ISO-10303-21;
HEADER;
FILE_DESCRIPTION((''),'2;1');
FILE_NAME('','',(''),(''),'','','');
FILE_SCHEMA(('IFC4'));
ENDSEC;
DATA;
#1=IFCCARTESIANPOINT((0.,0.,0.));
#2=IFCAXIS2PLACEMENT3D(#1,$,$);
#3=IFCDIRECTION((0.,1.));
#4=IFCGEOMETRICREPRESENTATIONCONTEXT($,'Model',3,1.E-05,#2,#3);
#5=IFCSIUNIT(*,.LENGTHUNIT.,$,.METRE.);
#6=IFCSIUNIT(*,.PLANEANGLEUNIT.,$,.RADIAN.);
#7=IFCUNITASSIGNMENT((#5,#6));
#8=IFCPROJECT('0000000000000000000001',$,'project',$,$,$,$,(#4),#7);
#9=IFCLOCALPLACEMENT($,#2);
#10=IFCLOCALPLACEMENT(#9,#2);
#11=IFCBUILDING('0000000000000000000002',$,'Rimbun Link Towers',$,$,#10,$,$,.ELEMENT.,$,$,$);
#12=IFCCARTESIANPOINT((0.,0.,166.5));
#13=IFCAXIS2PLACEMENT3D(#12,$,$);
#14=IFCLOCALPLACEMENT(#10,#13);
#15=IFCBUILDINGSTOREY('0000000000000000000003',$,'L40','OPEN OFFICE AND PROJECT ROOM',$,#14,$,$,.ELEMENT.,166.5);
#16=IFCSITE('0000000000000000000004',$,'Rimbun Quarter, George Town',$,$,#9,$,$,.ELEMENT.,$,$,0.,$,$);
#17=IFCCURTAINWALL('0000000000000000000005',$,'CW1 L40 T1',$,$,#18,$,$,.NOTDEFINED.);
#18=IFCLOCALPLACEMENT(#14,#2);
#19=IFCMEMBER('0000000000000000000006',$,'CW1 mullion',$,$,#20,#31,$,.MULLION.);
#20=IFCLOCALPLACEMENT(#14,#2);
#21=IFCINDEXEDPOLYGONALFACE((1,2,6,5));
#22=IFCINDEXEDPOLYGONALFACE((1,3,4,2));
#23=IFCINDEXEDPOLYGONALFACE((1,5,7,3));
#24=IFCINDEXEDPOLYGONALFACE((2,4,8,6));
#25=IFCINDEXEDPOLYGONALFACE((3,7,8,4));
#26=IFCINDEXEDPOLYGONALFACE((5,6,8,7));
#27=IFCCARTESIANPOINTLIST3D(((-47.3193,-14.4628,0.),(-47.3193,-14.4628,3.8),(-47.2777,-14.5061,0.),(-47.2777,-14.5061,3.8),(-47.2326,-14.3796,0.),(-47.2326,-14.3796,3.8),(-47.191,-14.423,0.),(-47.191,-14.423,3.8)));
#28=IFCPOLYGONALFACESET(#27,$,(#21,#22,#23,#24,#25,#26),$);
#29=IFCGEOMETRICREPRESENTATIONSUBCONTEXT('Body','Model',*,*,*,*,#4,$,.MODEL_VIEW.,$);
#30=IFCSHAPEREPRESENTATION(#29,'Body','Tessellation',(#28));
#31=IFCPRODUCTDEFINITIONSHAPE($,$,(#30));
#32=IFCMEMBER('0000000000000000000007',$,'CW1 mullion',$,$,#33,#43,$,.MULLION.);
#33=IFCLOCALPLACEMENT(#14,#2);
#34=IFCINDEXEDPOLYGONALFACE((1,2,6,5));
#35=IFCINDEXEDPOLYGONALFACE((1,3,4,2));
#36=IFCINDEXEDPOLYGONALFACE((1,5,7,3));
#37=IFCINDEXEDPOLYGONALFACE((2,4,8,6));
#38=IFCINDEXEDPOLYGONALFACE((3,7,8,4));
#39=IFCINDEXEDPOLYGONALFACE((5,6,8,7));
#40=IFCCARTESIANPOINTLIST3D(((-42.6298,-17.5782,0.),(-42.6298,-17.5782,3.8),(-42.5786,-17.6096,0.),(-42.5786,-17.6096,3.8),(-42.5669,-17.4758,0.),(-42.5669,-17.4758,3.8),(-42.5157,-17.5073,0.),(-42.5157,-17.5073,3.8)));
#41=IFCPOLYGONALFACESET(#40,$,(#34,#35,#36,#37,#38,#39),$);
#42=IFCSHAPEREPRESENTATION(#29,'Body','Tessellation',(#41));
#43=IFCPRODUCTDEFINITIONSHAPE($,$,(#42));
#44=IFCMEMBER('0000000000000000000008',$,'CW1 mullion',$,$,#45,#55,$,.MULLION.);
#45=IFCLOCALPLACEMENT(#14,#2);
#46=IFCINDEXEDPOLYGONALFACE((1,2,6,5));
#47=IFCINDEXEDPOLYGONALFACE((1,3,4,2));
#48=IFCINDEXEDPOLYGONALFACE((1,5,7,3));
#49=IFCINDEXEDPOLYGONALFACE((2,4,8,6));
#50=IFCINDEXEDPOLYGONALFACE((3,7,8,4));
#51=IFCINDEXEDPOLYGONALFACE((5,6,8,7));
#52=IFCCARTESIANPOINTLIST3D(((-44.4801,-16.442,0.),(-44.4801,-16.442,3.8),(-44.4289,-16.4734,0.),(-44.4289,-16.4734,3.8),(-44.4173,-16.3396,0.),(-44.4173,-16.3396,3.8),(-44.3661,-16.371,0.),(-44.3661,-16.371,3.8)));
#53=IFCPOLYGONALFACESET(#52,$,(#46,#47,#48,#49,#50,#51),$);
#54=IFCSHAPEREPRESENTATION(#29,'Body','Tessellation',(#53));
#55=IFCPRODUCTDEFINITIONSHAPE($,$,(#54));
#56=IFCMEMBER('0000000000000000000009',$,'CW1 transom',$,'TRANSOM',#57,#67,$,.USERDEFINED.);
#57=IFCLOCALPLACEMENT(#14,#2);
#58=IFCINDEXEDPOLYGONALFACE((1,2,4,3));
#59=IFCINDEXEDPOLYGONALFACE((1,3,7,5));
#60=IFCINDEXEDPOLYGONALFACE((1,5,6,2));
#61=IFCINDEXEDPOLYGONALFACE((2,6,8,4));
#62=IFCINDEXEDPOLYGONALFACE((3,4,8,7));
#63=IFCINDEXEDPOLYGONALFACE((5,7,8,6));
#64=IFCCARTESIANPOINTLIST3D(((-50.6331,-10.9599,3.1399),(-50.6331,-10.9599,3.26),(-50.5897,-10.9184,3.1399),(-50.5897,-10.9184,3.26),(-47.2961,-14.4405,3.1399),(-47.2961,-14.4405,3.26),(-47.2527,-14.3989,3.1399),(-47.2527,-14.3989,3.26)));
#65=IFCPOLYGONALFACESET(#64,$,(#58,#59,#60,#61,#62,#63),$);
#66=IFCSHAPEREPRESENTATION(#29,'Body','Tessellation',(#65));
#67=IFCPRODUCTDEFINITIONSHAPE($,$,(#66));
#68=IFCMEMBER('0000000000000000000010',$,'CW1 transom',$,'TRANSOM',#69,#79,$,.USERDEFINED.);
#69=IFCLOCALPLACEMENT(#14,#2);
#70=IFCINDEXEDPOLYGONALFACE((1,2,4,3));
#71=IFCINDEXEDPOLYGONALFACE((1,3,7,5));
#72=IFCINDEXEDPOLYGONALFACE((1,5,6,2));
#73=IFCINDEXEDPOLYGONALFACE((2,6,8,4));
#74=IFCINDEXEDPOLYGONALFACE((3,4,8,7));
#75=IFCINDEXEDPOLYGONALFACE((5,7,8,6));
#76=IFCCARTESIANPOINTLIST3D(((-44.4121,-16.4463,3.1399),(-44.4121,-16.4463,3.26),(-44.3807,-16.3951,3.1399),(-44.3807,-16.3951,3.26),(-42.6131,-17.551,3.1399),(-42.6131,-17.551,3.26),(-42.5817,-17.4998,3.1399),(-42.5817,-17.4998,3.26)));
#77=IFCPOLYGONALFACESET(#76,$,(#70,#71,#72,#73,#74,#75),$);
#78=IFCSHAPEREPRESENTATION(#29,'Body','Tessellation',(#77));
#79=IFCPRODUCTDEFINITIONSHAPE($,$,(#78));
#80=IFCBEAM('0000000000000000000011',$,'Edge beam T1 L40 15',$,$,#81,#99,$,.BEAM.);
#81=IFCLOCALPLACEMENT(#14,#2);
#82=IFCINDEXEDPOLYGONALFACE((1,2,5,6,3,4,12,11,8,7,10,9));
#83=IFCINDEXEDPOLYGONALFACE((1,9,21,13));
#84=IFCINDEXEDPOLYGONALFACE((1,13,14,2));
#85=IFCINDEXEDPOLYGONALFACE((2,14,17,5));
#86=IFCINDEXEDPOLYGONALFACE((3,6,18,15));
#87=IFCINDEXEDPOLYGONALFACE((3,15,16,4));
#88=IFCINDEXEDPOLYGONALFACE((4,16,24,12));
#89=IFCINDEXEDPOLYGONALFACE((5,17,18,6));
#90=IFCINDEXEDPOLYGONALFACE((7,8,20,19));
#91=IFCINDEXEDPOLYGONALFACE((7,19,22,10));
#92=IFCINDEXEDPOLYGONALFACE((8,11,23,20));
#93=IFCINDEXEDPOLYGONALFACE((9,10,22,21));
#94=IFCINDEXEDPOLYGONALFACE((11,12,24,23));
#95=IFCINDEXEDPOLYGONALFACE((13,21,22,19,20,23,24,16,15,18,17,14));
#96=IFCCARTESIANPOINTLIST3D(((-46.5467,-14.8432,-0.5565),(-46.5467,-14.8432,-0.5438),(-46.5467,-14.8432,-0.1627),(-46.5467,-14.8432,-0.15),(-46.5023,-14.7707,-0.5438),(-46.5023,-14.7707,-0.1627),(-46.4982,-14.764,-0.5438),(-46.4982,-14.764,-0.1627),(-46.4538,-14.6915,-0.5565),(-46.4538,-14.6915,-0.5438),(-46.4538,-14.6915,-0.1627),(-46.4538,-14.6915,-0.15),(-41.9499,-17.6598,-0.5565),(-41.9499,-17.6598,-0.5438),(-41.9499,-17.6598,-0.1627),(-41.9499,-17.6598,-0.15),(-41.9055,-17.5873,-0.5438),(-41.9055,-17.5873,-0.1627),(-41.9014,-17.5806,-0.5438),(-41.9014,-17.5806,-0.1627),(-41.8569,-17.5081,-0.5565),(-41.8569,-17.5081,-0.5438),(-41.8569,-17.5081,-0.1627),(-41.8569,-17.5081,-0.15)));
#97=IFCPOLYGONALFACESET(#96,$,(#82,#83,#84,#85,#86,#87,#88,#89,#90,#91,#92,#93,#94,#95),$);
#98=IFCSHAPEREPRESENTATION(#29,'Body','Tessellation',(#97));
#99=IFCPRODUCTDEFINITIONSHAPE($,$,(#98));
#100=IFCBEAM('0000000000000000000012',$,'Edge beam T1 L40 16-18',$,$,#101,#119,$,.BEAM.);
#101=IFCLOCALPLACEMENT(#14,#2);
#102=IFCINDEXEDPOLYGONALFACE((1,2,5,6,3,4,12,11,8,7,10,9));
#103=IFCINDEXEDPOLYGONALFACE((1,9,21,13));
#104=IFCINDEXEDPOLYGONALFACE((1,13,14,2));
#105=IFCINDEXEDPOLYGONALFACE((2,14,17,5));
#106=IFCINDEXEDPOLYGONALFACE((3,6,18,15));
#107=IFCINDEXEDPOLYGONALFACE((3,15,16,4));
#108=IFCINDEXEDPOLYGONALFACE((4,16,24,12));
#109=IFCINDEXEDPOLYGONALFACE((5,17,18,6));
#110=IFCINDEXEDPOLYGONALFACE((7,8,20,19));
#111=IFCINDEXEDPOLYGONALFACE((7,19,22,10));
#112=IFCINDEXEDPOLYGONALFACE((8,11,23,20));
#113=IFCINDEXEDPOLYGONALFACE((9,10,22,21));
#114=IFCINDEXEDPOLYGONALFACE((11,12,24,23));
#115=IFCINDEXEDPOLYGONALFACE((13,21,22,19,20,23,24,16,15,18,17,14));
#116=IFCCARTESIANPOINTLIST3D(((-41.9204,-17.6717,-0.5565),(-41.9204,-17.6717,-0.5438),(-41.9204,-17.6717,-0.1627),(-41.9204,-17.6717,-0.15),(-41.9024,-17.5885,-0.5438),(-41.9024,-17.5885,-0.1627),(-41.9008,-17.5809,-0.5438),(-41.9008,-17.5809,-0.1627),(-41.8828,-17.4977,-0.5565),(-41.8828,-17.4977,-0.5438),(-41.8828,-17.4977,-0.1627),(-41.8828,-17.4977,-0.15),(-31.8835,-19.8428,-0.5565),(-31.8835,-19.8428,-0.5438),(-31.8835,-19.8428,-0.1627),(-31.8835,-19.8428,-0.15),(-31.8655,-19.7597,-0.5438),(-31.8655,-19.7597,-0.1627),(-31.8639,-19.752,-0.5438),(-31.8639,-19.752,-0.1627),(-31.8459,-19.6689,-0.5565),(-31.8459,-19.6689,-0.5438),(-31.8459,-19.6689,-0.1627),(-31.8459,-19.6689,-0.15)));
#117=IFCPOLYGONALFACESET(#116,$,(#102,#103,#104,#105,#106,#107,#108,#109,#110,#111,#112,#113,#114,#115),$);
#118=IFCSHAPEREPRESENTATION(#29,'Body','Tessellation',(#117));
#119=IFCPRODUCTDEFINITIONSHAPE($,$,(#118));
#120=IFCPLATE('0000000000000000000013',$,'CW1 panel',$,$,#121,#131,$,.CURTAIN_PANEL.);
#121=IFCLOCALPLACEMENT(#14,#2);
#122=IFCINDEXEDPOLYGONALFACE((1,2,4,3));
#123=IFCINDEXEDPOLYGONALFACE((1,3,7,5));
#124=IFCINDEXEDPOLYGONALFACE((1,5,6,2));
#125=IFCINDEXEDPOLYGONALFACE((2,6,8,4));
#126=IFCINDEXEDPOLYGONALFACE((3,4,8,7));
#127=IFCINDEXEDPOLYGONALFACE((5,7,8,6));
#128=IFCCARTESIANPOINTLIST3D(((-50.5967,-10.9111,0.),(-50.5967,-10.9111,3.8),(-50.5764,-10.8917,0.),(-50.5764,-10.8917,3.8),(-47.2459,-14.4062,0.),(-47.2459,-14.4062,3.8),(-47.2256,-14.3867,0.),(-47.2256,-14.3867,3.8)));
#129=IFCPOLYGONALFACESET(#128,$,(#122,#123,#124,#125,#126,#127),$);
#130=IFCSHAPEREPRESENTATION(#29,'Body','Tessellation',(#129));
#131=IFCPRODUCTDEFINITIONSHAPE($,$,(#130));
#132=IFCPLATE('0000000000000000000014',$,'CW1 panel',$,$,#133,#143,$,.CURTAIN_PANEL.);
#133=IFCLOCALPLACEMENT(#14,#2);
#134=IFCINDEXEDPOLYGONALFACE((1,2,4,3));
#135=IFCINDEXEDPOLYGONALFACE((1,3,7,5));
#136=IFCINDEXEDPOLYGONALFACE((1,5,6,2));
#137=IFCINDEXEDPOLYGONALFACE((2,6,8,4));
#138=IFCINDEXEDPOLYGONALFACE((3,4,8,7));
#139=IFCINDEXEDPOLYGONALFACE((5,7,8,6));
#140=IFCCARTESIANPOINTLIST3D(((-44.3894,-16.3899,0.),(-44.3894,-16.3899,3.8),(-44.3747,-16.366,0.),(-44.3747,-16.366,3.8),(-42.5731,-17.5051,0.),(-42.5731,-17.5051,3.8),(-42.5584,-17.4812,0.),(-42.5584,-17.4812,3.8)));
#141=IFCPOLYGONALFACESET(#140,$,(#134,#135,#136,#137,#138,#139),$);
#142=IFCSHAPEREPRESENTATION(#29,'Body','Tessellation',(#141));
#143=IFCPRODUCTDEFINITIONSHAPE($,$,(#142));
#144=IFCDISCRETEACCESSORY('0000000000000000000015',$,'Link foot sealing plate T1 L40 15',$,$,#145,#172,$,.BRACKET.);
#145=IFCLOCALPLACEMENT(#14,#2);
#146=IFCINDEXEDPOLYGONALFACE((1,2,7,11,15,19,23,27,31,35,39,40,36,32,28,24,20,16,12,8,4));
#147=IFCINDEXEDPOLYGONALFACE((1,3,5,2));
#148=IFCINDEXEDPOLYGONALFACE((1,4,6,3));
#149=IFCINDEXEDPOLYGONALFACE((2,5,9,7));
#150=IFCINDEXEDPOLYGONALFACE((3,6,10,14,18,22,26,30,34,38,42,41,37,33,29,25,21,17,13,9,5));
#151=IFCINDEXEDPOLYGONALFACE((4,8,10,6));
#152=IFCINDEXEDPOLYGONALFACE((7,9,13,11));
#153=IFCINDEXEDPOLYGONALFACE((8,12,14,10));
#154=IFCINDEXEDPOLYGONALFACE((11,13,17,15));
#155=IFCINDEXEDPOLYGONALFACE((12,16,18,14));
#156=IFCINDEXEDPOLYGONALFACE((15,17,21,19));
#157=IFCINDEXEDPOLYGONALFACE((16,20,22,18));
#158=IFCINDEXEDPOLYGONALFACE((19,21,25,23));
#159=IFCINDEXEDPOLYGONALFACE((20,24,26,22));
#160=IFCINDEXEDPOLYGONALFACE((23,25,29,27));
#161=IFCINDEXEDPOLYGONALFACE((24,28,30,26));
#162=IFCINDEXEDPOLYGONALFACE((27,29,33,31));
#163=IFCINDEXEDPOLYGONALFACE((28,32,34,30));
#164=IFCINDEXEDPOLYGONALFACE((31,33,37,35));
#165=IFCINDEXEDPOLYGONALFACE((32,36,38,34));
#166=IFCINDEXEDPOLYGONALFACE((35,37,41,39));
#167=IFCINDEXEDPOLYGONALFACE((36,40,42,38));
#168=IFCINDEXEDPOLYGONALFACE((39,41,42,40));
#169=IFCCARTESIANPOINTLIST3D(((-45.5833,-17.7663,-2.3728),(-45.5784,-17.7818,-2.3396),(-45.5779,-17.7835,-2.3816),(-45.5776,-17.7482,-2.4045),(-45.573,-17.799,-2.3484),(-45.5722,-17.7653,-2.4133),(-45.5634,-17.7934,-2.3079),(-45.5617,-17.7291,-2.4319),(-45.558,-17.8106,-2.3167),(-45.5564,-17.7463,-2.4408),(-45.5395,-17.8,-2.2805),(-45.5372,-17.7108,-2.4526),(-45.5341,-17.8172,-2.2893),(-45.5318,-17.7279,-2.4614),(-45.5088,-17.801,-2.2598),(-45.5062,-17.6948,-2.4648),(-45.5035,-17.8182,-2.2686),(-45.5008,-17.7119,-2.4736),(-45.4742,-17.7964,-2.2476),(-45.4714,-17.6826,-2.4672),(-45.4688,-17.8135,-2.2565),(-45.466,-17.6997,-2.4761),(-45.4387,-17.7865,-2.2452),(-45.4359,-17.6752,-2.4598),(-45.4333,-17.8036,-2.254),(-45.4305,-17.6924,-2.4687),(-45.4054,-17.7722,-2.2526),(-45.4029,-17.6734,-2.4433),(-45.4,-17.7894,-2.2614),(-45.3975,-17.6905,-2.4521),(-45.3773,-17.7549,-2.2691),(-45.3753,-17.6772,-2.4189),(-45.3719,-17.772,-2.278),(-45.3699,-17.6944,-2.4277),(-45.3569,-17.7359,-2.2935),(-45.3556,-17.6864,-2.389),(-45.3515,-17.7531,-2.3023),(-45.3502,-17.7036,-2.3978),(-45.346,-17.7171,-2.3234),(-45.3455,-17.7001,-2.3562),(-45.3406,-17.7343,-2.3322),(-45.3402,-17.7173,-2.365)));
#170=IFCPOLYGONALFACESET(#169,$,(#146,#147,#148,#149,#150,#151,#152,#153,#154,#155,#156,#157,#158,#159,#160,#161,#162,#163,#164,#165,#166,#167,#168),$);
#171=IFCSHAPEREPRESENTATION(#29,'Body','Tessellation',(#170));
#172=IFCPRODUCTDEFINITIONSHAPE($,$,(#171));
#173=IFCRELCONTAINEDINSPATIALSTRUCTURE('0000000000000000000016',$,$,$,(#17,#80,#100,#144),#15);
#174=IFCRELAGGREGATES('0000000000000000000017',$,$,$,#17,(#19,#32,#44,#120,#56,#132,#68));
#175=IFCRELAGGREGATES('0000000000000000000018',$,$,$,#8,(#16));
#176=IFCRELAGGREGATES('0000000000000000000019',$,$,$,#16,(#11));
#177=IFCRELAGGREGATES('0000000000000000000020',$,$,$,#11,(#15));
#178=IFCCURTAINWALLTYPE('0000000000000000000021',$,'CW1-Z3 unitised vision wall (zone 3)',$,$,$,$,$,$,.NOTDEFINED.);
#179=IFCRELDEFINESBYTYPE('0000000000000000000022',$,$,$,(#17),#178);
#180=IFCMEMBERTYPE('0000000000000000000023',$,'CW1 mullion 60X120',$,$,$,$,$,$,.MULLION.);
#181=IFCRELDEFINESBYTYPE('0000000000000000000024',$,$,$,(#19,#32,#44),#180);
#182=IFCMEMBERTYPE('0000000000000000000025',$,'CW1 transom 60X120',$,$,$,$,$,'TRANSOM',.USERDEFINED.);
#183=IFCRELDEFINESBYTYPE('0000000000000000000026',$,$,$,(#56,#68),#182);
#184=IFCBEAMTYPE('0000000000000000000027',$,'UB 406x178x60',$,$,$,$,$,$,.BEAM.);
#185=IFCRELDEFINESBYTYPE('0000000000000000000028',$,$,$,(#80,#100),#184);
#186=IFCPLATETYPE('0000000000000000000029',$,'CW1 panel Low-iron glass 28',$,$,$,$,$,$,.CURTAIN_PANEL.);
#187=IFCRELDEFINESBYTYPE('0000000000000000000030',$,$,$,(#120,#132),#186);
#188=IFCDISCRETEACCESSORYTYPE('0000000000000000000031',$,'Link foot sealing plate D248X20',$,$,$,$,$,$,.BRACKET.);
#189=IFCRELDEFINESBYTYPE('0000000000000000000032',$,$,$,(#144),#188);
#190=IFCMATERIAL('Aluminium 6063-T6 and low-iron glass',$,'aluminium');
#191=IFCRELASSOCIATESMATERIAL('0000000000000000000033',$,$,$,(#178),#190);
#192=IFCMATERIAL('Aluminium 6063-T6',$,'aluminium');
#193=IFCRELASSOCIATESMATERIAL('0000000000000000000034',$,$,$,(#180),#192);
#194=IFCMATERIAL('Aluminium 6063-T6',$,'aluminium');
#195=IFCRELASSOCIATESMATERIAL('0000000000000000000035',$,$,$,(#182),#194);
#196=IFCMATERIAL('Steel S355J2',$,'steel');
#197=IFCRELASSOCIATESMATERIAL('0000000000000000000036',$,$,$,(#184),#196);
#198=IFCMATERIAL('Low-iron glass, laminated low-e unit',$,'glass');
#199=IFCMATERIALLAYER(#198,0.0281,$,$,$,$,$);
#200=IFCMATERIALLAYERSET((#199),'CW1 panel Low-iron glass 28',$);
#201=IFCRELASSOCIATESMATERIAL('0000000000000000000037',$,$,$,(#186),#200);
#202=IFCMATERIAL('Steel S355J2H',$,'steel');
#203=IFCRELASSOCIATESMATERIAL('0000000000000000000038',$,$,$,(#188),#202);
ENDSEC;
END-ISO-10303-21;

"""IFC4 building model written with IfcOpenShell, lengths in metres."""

from ifc_helpers import new_model, si_unit, direction, frame, origin, origin_2d, place, context, subcontext, project, spatial, rectangle, circle, i_section, extrude, material, layer, layer_set, material_profile, profile_set, type_object, element, aggregate, save


model = new_model("IFC4")

# Units and contexts
model_context = context("Model", 3, precision=1e-05, world=origin(), true_north=direction((0.0, 1.0)))
body_context = subcontext(model_context, "Body", "Model", "MODEL_VIEW")
ifc_project = project(units=[si_unit("LENGTHUNIT", "METRE"), si_unit("PLANEANGLEUNIT", "RADIAN")], contexts=[model_context])

# Site, building, storey
site_placement = place(None, origin())
site = spatial("IfcSite", under=ifc_project, at=site_placement, Name="Rimbun Quarter, George Town", CompositionType="ELEMENT", RefElevation=0.0)
building_placement = place(site_placement, origin())
building = spatial("IfcBuilding", under=site, at=building_placement, Name="Rimbun Link Towers", CompositionType="ELEMENT")
storey_placement = place(building_placement, frame((0.0, 0.0, 166.5)))
storey = spatial("IfcBuildingStorey", under=building, at=storey_placement, Name="L40", Description="OPEN OFFICE AND PROJECT ROOM", CompositionType="ELEMENT", Elevation=166.5)

# Curtain wall, members
ifc_material_1 = material(Name="Aluminium 6063-T6 and low-iron glass", Category="aluminium")
curtain_wall_type = type_object("IfcCurtainWallType", Name="CW1-Z3 unitised vision wall (zone 3)", PredefinedType="NOTDEFINED", material=ifc_material_1)
curtain_wall_placement = place(storey_placement, origin())
curtain_wall = element("IfcCurtainWall", 1, at=curtain_wall_placement, inside=storey, type_object=curtain_wall_type, Name="CW1 L40 T1", PredefinedType="NOTDEFINED")
ifc_material_2 = material(Name="Aluminium 6063-T6", Category="aluminium")
ifc_material_profile_1 = material_profile(ifc_material_2, rectangle(XDim=0.1201, YDim=0.0601, at=origin_2d()), Name="MULLION 60X120")
ifc_profile_set_1 = profile_set([ifc_material_profile_1], Name="Aluminium 6063-T6")
member_type_1 = type_object("IfcMemberType", Name="CW1 mullion 60X120", PredefinedType="MULLION", material=ifc_profile_set_1)
member_1_placement = place(storey_placement, frame((-47.2551, -14.4429, 0.0), z_axis=(0.0, 0.0, 1.0), x_axis=(-0.721847, -0.692052, 0.0)))
member_1 = element("IfcMember", 2, at=member_1_placement, type_object=member_type_1, Name="CW1 mullion", PredefinedType="MULLION", context=body_context, shape_type="SweptSolid", body=[
    extrude(rectangle(XDim=0.1201, YDim=0.0601, at=origin_2d()), origin(), (0.0, 0.0, 1.0), 3.8),
])
member_2_placement = place(storey_placement, frame((-42.5728, -17.5427, 0.0), z_axis=(0.0, 0.0, 1.0), x_axis=(-0.52325, -0.852179, 0.0)))
member_2 = element("IfcMember", 3, at=member_2_placement, type_object=member_type_1, Name="CW1 mullion", PredefinedType="MULLION", context=body_context, shape_type="SweptSolid", body=[
    extrude(rectangle(XDim=0.1201, YDim=0.0601, at=origin_2d()), origin(), (0.0, 0.0, 1.0), 3.8),
])
member_3_placement = place(storey_placement, frame((-44.4231, -16.4065, 0.0), z_axis=(0.0, 0.0, 1.0), x_axis=(-0.52325, -0.852179, 0.0)))
member_3 = element("IfcMember", 4, at=member_3_placement, type_object=member_type_1, Name="CW1 mullion", PredefinedType="MULLION", context=body_context, shape_type="SweptSolid", body=[
    extrude(rectangle(XDim=0.1201, YDim=0.0601, at=origin_2d()), origin(), (0.0, 0.0, 1.0), 3.8),
])
ifc_material_3 = material(Name="Aluminium 6063-T6", Category="aluminium")
ifc_material_profile_2 = material_profile(ifc_material_3, rectangle(XDim=0.0601, YDim=0.1201, at=origin_2d()), Name="TRANSOM 60X120")
ifc_profile_set_2 = profile_set([ifc_material_profile_2], Name="Aluminium 6063-T6")
member_type_2 = type_object("IfcMemberType", Name="CW1 transom 60X120", ElementType="TRANSOM", PredefinedType="USERDEFINED", material=ifc_profile_set_2)
member_4_placement = place(storey_placement, frame((-47.2744, -14.4197, 3.2), z_axis=(-0.692064, 0.721836, 0.0), x_axis=(-0.721836, -0.692064, 0.0)))
member_4 = element("IfcMember", 5, at=member_4_placement, type_object=member_type_2, Name="CW1 transom", ObjectType="TRANSOM", PredefinedType="USERDEFINED", context=body_context, shape_type="SweptSolid", body=[
    extrude(rectangle(XDim=0.0601, YDim=0.1201, at=origin_2d()), origin(), (0.0, 0.0, 1.0), 4.8218),
])
member_5_placement = place(storey_placement, frame((-42.5974, -17.5254, 3.2), z_axis=(-0.852162, 0.523278, 0.0), x_axis=(-0.523278, -0.852162, 0.0)))
member_5 = element("IfcMember", 6, at=member_5_placement, type_object=member_type_2, Name="CW1 transom", ObjectType="TRANSOM", PredefinedType="USERDEFINED", context=body_context, shape_type="SweptSolid", body=[
    extrude(rectangle(XDim=0.0601, YDim=0.1201, at=origin_2d()), origin(), (0.0, 0.0, 1.0), 2.1111),
])

# Beams
ifc_material_4 = material(Name="Steel S355J2", Category="steel")
ifc_material_profile_3 = material_profile(ifc_material_4, i_section(OverallWidth=0.178, OverallDepth=0.4065, WebThickness=0.0078, FlangeThickness=0.0127, at=origin_2d()), Name="UB 406x178x60")
ifc_profile_set_3 = profile_set([ifc_material_profile_3], Name="Steel S355J2")
beam_type = type_object("IfcBeamType", Name="UB 406x178x60", PredefinedType="BEAM", material=ifc_profile_set_3)
beam_1_placement = place(storey_placement, frame((-46.5002, -14.7673, -0.3533), z_axis=(0.852669, -0.522452, 0.0), x_axis=(0.522452, 0.852669, 0.0)))
element("IfcBeam", 7, at=beam_1_placement, inside=storey, type_object=beam_type, Name="Edge beam T1 L40 15", PredefinedType="BEAM", context=body_context, shape_type="SweptSolid", body=[
    extrude(i_section(OverallWidth=0.178, OverallDepth=0.4065, WebThickness=0.0078, FlangeThickness=0.0127, at=origin_2d()), origin(), (0.0, 0.0, 1.0), 5.3911),
])
beam_2_placement = place(storey_placement, frame((-41.9016, -17.5847, -0.3533), z_axis=(0.977394, -0.211427, 0.0), x_axis=(0.211427, 0.977394, 0.0)))
element("IfcBeam", 8, at=beam_2_placement, inside=storey, type_object=beam_type, Name="Edge beam T1 L40 16-18", PredefinedType="BEAM", context=body_context, shape_type="SweptSolid", body=[
    extrude(i_section(OverallWidth=0.178, OverallDepth=0.4065, WebThickness=0.0078, FlangeThickness=0.0127, at=origin_2d()), origin(), (0.0, 0.0, 1.0), 10.269),
])

# Plates
ifc_material_5 = material(Name="Low-iron glass, laminated low-e unit", Category="glass")
ifc_layer = layer(ifc_material_5, 0.0281)
ifc_layer_set = layer_set([ifc_layer], Name="CW1 panel Low-iron glass 28")
plate_type = type_object("IfcPlateType", Name="CW1 panel Low-iron glass 28", PredefinedType="CURTAIN_PANEL", material=ifc_layer_set)
plate_1_placement = place(storey_placement, frame((-48.9111, -12.6489, 0.0), z_axis=(0.0, 0.0, 1.0), x_axis=(-0.692052, 0.721847, 0.0)))
plate_1 = element("IfcPlate", 9, at=plate_1_placement, type_object=plate_type, Name="CW1 panel", PredefinedType="CURTAIN_PANEL", context=body_context, shape_type="SweptSolid", body=[
    extrude(rectangle(XDim=4.8418, YDim=0.0281, at=origin_2d()), origin(), (0.0, 0.0, 1.0), 3.8),
])
plate_2_placement = place(storey_placement, frame((-43.4739, -16.9355, 0.0), z_axis=(0.0, 0.0, 1.0), x_axis=(-0.852179, 0.52325, 0.0)))
plate_2 = element("IfcPlate", 10, at=plate_2_placement, type_object=plate_type, Name="CW1 panel", PredefinedType="CURTAIN_PANEL", context=body_context, shape_type="SweptSolid", body=[
    extrude(rectangle(XDim=2.1313, YDim=0.0281, at=origin_2d()), origin(), (0.0, 0.0, 1.0), 3.8),
])
aggregate(curtain_wall, [member_1, member_2, member_3, plate_1, member_4, plate_2, member_5])

# Discrete accessory
ifc_material_6 = material(Name="Steel S355J2H", Category="steel")
ifc_material_profile_4 = material_profile(ifc_material_6, circle(Radius=0.124, at=origin_2d()), Name="PL D248")
ifc_profile_set_4 = profile_set([ifc_material_profile_4], Name="Steel S355J2H")
discrete_accessory_type = type_object("IfcDiscreteAccessoryType", Name="Link foot sealing plate D248X20", PredefinedType="BRACKET", material=ifc_profile_set_4)
for number, where, z_axis, x_axis, name in (
    (11, (-45.4639, -17.7373, -2.3562), (0.269175, -0.856465, -0.440468), (0.953994, 0.299827, 0.0), "Link foot sealing plate T1 L40 15"),
):
    element("IfcDiscreteAccessory", number, at=place(storey_placement, frame(where, z_axis=z_axis, x_axis=x_axis)), inside=storey, type_object=discrete_accessory_type, Name=name, PredefinedType="BRACKET", context=body_context, shape_type="SweptSolid", body=[
        extrude(circle(Radius=0.124, at=origin_2d()), origin(), (0.0, 0.0, 1.0), 0.02),
    ])

save(model, "model.ifc")
